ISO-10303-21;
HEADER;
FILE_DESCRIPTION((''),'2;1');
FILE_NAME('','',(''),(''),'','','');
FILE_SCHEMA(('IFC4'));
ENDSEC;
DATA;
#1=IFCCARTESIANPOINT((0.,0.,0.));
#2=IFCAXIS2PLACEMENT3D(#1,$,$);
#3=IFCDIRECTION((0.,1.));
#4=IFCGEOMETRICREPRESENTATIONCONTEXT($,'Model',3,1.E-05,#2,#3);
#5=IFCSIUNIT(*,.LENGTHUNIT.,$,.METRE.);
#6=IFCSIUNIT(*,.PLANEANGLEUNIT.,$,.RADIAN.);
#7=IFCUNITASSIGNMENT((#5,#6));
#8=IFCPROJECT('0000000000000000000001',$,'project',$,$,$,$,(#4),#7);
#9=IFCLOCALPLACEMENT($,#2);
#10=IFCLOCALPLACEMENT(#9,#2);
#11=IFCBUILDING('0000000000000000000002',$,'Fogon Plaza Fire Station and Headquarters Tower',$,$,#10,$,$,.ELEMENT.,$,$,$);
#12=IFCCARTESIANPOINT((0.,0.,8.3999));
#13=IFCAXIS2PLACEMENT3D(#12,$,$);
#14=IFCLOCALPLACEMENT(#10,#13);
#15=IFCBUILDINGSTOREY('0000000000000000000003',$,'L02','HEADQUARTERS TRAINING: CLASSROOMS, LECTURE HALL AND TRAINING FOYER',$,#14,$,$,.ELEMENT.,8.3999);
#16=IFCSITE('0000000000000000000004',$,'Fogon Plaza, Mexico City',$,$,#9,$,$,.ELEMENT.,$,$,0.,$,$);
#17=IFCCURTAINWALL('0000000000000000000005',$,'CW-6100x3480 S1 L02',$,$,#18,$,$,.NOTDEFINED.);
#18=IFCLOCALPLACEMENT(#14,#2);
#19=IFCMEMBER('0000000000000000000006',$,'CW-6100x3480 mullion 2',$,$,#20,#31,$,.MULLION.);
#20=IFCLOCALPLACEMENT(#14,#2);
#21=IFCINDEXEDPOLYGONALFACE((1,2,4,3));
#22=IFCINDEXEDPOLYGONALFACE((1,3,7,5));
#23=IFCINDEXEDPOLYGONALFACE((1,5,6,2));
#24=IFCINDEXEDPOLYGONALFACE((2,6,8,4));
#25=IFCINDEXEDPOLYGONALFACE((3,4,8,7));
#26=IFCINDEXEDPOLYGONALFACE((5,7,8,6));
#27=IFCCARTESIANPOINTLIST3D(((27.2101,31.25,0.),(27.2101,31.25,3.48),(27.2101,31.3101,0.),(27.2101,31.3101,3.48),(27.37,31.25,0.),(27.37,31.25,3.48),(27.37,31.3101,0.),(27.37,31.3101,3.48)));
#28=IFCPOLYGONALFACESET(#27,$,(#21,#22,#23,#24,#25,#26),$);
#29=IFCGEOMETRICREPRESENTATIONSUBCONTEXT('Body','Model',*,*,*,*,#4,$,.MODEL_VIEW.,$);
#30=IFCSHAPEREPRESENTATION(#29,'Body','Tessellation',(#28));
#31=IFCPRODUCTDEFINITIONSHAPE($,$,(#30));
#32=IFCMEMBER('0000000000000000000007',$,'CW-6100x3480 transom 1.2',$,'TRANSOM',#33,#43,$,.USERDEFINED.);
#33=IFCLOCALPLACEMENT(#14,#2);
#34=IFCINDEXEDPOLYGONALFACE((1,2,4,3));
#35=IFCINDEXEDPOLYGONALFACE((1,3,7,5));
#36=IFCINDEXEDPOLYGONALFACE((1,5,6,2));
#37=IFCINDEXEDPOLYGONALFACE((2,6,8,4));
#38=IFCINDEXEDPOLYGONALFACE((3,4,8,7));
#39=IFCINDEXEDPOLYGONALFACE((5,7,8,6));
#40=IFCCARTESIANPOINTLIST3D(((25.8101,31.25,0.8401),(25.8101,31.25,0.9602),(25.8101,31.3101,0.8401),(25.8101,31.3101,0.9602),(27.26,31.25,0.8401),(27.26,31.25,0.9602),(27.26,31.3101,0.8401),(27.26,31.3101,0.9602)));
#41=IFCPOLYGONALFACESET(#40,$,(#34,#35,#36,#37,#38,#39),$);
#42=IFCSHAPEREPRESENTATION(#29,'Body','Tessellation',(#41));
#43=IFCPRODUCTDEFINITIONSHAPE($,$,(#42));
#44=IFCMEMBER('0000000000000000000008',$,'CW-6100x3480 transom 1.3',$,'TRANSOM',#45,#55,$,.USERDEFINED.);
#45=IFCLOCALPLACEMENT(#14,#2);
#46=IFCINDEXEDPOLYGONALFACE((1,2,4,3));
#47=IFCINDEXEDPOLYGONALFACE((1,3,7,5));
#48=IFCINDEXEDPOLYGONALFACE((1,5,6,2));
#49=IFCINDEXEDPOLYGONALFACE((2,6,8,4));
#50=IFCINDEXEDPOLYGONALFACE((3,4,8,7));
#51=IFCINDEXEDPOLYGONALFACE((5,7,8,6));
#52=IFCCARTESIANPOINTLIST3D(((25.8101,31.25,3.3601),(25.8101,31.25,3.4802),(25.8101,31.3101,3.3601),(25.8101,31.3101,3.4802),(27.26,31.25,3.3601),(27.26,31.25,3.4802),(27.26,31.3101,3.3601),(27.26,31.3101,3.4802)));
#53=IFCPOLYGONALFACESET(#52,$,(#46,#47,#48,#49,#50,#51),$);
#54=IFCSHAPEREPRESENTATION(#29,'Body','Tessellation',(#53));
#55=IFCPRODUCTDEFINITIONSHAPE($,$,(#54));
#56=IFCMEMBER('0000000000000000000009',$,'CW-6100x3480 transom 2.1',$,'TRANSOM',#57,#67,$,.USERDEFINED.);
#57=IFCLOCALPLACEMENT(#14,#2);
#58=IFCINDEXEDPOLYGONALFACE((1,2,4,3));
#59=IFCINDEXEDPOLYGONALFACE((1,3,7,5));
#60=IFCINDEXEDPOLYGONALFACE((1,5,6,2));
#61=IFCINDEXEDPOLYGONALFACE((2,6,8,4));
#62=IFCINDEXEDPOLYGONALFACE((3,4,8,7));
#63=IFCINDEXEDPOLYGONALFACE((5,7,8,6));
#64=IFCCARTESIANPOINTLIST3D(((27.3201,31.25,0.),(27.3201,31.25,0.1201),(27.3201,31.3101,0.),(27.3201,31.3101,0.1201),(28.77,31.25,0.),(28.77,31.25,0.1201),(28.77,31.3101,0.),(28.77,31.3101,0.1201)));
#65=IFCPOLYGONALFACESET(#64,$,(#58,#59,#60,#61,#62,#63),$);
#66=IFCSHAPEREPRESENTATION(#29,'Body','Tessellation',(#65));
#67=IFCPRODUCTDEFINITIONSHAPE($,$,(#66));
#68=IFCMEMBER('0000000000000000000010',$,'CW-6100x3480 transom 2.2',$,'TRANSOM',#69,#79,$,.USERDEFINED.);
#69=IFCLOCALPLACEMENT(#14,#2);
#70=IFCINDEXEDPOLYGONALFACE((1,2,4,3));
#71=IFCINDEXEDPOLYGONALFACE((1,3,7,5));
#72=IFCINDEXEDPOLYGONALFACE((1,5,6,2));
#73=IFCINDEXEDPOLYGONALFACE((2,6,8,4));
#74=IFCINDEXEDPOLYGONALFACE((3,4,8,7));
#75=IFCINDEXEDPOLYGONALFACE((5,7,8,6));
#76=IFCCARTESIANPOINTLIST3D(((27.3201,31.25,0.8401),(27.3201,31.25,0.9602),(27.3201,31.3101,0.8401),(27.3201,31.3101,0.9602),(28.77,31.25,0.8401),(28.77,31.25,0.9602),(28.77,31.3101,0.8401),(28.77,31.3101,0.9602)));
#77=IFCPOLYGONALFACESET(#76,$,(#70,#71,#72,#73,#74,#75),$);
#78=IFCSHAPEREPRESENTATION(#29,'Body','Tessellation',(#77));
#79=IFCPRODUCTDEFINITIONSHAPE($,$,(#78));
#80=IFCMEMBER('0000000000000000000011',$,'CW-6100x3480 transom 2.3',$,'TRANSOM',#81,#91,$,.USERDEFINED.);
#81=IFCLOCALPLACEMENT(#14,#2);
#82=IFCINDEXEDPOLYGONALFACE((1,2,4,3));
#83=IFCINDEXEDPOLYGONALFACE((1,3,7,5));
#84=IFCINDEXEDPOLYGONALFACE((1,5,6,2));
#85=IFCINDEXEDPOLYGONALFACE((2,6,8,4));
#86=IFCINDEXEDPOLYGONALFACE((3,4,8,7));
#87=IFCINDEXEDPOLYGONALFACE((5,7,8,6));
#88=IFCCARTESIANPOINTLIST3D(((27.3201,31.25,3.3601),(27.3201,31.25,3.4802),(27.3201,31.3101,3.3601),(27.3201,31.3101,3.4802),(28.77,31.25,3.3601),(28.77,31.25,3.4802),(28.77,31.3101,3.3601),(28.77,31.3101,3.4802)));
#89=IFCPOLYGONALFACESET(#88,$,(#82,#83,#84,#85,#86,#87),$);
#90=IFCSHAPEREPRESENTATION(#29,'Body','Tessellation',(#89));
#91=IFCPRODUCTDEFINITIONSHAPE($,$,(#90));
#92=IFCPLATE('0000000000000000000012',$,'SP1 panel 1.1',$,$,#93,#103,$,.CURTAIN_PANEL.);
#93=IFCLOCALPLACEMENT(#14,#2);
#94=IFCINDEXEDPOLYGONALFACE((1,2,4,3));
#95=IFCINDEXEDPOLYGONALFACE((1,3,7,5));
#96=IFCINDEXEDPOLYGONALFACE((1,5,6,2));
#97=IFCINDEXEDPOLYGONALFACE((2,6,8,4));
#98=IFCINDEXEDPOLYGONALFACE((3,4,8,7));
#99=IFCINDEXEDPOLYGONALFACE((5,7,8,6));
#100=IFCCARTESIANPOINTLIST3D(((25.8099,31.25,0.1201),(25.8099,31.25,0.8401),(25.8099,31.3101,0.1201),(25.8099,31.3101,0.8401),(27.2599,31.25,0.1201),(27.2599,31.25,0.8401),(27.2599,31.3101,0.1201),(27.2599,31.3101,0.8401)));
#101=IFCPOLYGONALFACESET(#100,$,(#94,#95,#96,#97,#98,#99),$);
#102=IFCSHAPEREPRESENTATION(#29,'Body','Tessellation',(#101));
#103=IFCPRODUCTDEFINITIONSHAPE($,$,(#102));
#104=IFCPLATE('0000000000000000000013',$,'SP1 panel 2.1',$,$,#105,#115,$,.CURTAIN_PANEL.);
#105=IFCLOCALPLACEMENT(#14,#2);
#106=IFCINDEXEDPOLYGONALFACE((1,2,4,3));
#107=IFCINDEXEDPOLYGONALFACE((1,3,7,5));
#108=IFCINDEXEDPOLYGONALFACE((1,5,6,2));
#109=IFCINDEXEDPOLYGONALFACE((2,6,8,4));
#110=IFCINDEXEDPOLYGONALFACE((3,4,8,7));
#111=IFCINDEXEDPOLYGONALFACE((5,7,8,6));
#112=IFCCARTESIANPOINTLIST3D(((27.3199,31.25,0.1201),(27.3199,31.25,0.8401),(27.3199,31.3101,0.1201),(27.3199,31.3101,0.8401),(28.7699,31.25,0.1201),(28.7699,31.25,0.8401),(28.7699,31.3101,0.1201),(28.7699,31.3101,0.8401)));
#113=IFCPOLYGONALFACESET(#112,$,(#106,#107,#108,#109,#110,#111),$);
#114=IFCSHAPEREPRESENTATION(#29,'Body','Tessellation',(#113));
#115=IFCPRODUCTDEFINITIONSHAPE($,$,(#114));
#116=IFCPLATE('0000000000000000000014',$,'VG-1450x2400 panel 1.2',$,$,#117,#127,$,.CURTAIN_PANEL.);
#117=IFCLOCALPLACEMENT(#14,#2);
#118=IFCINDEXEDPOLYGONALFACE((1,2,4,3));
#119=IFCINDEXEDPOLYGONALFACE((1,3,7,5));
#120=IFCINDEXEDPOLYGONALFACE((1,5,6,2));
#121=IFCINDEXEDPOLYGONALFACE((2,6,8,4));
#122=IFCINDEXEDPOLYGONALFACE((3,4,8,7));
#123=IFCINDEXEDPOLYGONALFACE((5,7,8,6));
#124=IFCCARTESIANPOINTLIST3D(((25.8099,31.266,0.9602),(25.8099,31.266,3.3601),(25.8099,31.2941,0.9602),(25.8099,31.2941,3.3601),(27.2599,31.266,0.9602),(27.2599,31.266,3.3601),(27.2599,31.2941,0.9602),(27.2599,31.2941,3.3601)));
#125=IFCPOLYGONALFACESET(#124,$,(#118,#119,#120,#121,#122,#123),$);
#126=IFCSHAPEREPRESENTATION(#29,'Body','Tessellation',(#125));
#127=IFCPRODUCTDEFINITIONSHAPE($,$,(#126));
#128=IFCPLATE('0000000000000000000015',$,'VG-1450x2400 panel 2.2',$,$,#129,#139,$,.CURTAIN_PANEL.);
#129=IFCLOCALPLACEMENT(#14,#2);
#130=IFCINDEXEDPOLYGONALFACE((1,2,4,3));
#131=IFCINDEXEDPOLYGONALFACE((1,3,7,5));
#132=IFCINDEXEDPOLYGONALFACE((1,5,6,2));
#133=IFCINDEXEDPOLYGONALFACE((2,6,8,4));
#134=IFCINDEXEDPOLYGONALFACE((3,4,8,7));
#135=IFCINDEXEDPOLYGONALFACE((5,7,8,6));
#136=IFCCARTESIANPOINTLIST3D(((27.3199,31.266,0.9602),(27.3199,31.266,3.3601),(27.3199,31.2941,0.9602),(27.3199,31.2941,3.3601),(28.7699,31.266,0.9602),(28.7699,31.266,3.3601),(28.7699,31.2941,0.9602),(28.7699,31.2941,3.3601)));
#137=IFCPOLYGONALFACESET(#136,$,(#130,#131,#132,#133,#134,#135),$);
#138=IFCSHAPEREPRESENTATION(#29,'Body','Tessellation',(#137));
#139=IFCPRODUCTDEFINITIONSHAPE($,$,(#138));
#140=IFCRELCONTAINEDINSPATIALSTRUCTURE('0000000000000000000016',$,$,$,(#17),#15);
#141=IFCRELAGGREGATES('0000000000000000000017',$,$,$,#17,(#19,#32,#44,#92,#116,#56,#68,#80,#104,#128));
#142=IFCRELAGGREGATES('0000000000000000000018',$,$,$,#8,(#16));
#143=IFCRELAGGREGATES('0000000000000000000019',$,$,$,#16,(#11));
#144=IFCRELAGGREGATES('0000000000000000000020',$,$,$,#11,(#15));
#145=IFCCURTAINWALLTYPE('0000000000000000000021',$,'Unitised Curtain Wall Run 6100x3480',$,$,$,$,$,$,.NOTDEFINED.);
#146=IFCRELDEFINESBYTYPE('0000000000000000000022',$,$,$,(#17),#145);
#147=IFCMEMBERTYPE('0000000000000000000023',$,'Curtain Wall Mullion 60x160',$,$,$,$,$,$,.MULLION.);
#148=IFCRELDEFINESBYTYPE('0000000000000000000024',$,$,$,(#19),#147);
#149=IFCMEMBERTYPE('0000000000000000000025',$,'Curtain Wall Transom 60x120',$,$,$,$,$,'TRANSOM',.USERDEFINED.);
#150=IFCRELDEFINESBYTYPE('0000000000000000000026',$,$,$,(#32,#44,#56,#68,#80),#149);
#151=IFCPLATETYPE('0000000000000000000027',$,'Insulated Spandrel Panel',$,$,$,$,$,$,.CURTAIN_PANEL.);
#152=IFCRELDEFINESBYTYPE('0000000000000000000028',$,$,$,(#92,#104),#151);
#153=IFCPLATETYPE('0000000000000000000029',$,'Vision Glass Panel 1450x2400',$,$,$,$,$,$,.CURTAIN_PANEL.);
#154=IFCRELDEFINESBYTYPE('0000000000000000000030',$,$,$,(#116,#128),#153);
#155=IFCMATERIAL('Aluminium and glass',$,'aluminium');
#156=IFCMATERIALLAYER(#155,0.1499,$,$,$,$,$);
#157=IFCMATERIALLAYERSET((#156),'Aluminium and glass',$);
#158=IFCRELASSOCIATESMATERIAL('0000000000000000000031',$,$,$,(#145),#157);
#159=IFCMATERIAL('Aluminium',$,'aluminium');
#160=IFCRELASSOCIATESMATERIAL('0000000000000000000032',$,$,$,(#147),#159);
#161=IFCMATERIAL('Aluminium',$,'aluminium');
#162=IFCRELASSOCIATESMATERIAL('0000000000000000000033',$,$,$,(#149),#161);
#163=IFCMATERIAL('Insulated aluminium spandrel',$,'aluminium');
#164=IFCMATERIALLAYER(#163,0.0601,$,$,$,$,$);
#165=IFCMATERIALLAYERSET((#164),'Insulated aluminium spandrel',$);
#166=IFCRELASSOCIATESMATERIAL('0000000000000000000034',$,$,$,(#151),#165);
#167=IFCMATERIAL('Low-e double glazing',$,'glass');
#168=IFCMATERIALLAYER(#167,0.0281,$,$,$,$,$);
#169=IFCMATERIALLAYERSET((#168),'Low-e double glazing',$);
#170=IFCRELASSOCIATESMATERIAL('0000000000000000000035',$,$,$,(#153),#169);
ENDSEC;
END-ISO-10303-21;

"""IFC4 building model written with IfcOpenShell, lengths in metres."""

from ifc_helpers import new_model, si_unit, direction, frame, origin, origin_2d, place, context, subcontext, project, spatial, rectangle, extrude, material, layer, layer_set, material_profile, profile_set, type_object, element, aggregate, save


model = new_model("IFC4")

# Units and contexts
model_context = context("Model", 3, precision=1e-05, world=origin(), true_north=direction((0.0, 1.0)))
body_context = subcontext(model_context, "Body", "Model", "MODEL_VIEW")
ifc_project = project(units=[si_unit("LENGTHUNIT", "METRE"), si_unit("PLANEANGLEUNIT", "RADIAN")], contexts=[model_context])

# Site, building, storey
site_placement = place(None, origin())
site = spatial("IfcSite", under=ifc_project, at=site_placement, Name="Fogon Plaza, Mexico City", CompositionType="ELEMENT", RefElevation=0.0)
building_placement = place(site_placement, origin())
building = spatial("IfcBuilding", under=site, at=building_placement, Name="Fogon Plaza Fire Station and Headquarters Tower", CompositionType="ELEMENT")
storey_placement = place(building_placement, frame((0.0, 0.0, 8.3999)))
storey = spatial("IfcBuildingStorey", under=building, at=storey_placement, Name="L02", Description="HEADQUARTERS TRAINING: CLASSROOMS, LECTURE HALL AND TRAINING FOYER", CompositionType="ELEMENT", Elevation=8.3999)

# Curtain wall, members, plates
ifc_material_1 = material(Name="Aluminium and glass", Category="aluminium")
ifc_layer_1 = layer(ifc_material_1, 0.1499)
ifc_layer_set_1 = layer_set([ifc_layer_1], Name="Aluminium and glass")
curtain_wall_type = type_object("IfcCurtainWallType", Name="Unitised Curtain Wall Run 6100x3480", PredefinedType="NOTDEFINED", material=ifc_layer_set_1)
curtain_wall_placement = place(storey_placement, origin())
curtain_wall = element("IfcCurtainWall", 1, at=curtain_wall_placement, inside=storey, type_object=curtain_wall_type, Name="CW-6100x3480 S1 L02", PredefinedType="NOTDEFINED")
ifc_material_2 = material(Name="Aluminium", Category="aluminium")
ifc_material_profile_1 = material_profile(ifc_material_2, rectangle(XDim=0.0601, YDim=0.1599, at=origin_2d()), Name="Curtain Wall Mullion 60x160")
ifc_profile_set_1 = profile_set([ifc_material_profile_1], Name="Aluminium")
member_type_1 = type_object("IfcMemberType", Name="Curtain Wall Mullion 60x160", PredefinedType="MULLION", material=ifc_profile_set_1)
member_1_placement = place(storey_placement, frame((27.29, 31.28, 0.0), z_axis=(0.0, 0.0, 1.0), x_axis=(0.0, 1.0, 0.0)))
member_1 = element("IfcMember", 2, at=member_1_placement, type_object=member_type_1, Name="CW-6100x3480 mullion 2", PredefinedType="MULLION", context=body_context, shape_type="SweptSolid", body=[
    extrude(rectangle(XDim=0.0601, YDim=0.1599, at=origin_2d()), origin(), (0.0, 0.0, 1.0), 3.48),
])
ifc_material_3 = material(Name="Aluminium", Category="aluminium")
ifc_material_profile_2 = material_profile(ifc_material_3, rectangle(XDim=0.0601, YDim=0.1201, at=origin_2d()), Name="Curtain Wall Transom 60x120")
ifc_profile_set_2 = profile_set([ifc_material_profile_2], Name="Aluminium")
member_type_2 = type_object("IfcMemberType", Name="Curtain Wall Transom 60x120", ElementType="TRANSOM", PredefinedType="USERDEFINED", material=ifc_profile_set_2)
member_2_placement = place(storey_placement, frame((25.8101, 31.28, 0.9001), z_axis=(1.0, 0.0, 0.0), x_axis=(0.0, 1.0, 0.0)))
member_2 = element("IfcMember", 3, at=member_2_placement, type_object=member_type_2, Name="CW-6100x3480 transom 1.2", ObjectType="TRANSOM", PredefinedType="USERDEFINED", context=body_context, shape_type="SweptSolid", body=[
    extrude(rectangle(XDim=0.0601, YDim=0.1201, at=origin_2d()), origin(), (0.0, 0.0, 1.0), 1.45),
])
member_3_placement = place(storey_placement, frame((25.8101, 31.28, 3.4202), z_axis=(1.0, 0.0, 0.0), x_axis=(0.0, 1.0, 0.0)))
member_3 = element("IfcMember", 4, at=member_3_placement, type_object=member_type_2, Name="CW-6100x3480 transom 1.3", ObjectType="TRANSOM", PredefinedType="USERDEFINED", context=body_context, shape_type="SweptSolid", body=[
    extrude(rectangle(XDim=0.0601, YDim=0.1201, at=origin_2d()), origin(), (0.0, 0.0, 1.0), 1.45),
])
member_4_placement = place(storey_placement, frame((27.3201, 31.28, 0.0601), z_axis=(1.0, 0.0, 0.0), x_axis=(0.0, 1.0, 0.0)))
member_4 = element("IfcMember", 5, at=member_4_placement, type_object=member_type_2, Name="CW-6100x3480 transom 2.1", ObjectType="TRANSOM", PredefinedType="USERDEFINED", context=body_context, shape_type="SweptSolid", body=[
    extrude(rectangle(XDim=0.0601, YDim=0.1201, at=origin_2d()), origin(), (0.0, 0.0, 1.0), 1.45),
])
member_5_placement = place(storey_placement, frame((27.3201, 31.28, 0.9001), z_axis=(1.0, 0.0, 0.0), x_axis=(0.0, 1.0, 0.0)))
member_5 = element("IfcMember", 6, at=member_5_placement, type_object=member_type_2, Name="CW-6100x3480 transom 2.2", ObjectType="TRANSOM", PredefinedType="USERDEFINED", context=body_context, shape_type="SweptSolid", body=[
    extrude(rectangle(XDim=0.0601, YDim=0.1201, at=origin_2d()), origin(), (0.0, 0.0, 1.0), 1.45),
])
member_6_placement = place(storey_placement, frame((27.3201, 31.28, 3.4202), z_axis=(1.0, 0.0, 0.0), x_axis=(0.0, 1.0, 0.0)))
member_6 = element("IfcMember", 7, at=member_6_placement, type_object=member_type_2, Name="CW-6100x3480 transom 2.3", ObjectType="TRANSOM", PredefinedType="USERDEFINED", context=body_context, shape_type="SweptSolid", body=[
    extrude(rectangle(XDim=0.0601, YDim=0.1201, at=origin_2d()), origin(), (0.0, 0.0, 1.0), 1.45),
])
ifc_material_4 = material(Name="Insulated aluminium spandrel", Category="aluminium")
ifc_layer_2 = layer(ifc_material_4, 0.0601)
ifc_layer_set_2 = layer_set([ifc_layer_2], Name="Insulated aluminium spandrel")
plate_type_1 = type_object("IfcPlateType", Name="Insulated Spandrel Panel", PredefinedType="CURTAIN_PANEL", material=ifc_layer_set_2)
plate_1_placement = place(storey_placement, frame((26.5349, 31.28, 0.1201), z_axis=(0.0, 0.0, 1.0), x_axis=(1.0, 0.0, 0.0)))
plate_1 = element("IfcPlate", 8, at=plate_1_placement, type_object=plate_type_1, Name="SP1 panel 1.1", PredefinedType="CURTAIN_PANEL", context=body_context, shape_type="SweptSolid", body=[
    extrude(rectangle(XDim=1.45, YDim=0.0601, at=origin_2d()), origin(), (0.0, 0.0, 1.0), 0.72),
])
plate_2_placement = place(storey_placement, frame((28.0449, 31.28, 0.1201), z_axis=(0.0, 0.0, 1.0), x_axis=(1.0, 0.0, 0.0)))
plate_2 = element("IfcPlate", 9, at=plate_2_placement, type_object=plate_type_1, Name="SP1 panel 2.1", PredefinedType="CURTAIN_PANEL", context=body_context, shape_type="SweptSolid", body=[
    extrude(rectangle(XDim=1.45, YDim=0.0601, at=origin_2d()), origin(), (0.0, 0.0, 1.0), 0.72),
])
ifc_material_5 = material(Name="Low-e double glazing", Category="glass")
ifc_layer_3 = layer(ifc_material_5, 0.0281)
ifc_layer_set_3 = layer_set([ifc_layer_3], Name="Low-e double glazing")
plate_type_2 = type_object("IfcPlateType", Name="Vision Glass Panel 1450x2400", PredefinedType="CURTAIN_PANEL", material=ifc_layer_set_3)
plate_3_placement = place(storey_placement, frame((26.5349, 31.28, 0.9602), z_axis=(0.0, 0.0, 1.0), x_axis=(1.0, 0.0, 0.0)))
plate_3 = element("IfcPlate", 10, at=plate_3_placement, type_object=plate_type_2, Name="VG-1450x2400 panel 1.2", PredefinedType="CURTAIN_PANEL", context=body_context, shape_type="SweptSolid", body=[
    extrude(rectangle(XDim=1.45, YDim=0.0281, at=origin_2d()), origin(), (0.0, 0.0, 1.0), 2.3999),
])
plate_4_placement = place(storey_placement, frame((28.0449, 31.28, 0.9602), z_axis=(0.0, 0.0, 1.0), x_axis=(1.0, 0.0, 0.0)))
plate_4 = element("IfcPlate", 11, at=plate_4_placement, type_object=plate_type_2, Name="VG-1450x2400 panel 2.2", PredefinedType="CURTAIN_PANEL", context=body_context, shape_type="SweptSolid", body=[
    extrude(rectangle(XDim=1.45, YDim=0.0281, at=origin_2d()), origin(), (0.0, 0.0, 1.0), 2.3999),
])
aggregate(curtain_wall, [member_1, member_2, member_3, plate_1, plate_3, member_4, member_5, member_6, plate_2, plate_4])

save(model, "model.ifc")
